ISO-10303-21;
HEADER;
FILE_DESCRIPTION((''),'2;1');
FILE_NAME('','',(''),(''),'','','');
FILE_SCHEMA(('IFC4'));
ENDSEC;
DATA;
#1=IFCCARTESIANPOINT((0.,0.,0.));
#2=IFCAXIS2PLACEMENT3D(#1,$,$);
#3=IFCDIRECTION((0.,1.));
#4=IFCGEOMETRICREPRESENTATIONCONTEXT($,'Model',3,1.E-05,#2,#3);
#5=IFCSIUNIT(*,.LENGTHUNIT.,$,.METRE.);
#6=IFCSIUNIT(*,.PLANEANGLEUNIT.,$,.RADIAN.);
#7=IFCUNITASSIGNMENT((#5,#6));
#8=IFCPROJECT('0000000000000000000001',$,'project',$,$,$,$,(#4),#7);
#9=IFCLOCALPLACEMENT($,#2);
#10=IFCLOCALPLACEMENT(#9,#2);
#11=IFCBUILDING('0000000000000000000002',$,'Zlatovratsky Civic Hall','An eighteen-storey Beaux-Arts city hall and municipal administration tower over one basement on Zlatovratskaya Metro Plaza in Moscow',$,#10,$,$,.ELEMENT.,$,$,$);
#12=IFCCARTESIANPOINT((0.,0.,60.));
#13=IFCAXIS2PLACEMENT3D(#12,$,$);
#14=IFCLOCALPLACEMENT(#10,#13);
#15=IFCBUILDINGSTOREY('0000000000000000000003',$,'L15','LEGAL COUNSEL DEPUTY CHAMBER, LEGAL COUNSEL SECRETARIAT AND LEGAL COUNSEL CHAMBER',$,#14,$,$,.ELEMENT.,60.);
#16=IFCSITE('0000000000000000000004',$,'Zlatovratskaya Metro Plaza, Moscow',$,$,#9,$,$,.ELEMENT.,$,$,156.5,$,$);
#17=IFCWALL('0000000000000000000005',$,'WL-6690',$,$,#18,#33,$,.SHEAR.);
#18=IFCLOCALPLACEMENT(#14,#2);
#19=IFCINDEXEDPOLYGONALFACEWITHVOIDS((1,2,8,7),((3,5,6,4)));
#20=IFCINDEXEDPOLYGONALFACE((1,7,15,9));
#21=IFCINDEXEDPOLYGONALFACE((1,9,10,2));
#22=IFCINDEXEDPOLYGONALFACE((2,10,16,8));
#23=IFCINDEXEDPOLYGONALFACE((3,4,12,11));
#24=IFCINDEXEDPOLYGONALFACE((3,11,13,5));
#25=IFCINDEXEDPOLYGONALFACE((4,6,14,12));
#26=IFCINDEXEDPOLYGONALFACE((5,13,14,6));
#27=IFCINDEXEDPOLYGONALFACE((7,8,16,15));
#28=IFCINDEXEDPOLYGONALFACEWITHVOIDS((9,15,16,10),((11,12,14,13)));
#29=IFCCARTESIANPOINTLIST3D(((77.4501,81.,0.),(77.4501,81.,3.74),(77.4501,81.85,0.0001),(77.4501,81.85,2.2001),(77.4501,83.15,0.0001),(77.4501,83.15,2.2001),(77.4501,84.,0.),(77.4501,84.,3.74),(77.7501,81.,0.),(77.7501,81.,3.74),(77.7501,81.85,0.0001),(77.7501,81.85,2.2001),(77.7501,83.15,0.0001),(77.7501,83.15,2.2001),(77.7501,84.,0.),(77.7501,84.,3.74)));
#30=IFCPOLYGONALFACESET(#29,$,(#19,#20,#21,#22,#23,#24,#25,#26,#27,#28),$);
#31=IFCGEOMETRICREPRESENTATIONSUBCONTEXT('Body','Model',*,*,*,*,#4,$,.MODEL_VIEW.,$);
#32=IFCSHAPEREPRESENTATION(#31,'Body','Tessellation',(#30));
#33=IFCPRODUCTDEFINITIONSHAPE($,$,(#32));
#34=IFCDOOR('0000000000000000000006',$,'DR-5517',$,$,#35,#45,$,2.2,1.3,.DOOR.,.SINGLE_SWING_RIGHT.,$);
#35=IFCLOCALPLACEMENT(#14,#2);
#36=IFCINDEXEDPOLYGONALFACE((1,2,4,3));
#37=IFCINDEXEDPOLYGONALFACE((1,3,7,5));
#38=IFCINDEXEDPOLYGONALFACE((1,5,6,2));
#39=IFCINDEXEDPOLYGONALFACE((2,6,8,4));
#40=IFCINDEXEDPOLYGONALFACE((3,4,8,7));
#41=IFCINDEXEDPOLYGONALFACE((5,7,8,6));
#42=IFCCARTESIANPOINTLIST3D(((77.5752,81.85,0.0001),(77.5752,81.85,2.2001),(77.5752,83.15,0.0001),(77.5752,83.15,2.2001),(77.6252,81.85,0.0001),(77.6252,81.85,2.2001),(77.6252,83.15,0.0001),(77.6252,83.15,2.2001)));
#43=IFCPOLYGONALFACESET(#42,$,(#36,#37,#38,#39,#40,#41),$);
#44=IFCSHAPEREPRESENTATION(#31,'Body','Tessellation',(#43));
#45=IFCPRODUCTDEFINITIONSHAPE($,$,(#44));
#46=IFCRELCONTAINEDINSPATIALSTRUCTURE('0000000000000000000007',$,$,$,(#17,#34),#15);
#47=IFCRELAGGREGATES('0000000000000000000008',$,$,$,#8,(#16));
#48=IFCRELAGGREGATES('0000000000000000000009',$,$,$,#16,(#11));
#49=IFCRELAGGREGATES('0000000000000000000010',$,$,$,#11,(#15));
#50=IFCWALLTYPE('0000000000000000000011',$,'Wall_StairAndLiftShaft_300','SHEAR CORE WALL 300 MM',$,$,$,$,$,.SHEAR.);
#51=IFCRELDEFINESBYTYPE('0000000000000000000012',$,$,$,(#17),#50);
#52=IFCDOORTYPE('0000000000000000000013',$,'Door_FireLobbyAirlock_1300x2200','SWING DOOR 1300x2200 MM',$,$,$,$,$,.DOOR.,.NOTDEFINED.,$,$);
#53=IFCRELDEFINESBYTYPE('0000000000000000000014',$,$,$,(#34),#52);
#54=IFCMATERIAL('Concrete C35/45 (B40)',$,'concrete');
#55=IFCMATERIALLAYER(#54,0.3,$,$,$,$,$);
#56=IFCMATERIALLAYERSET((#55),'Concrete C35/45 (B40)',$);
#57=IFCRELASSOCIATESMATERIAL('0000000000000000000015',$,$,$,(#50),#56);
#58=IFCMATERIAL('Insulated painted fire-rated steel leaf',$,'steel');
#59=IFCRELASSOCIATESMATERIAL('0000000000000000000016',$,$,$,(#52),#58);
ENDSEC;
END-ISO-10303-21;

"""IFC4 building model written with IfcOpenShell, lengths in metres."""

from ifc_helpers import new_model, si_unit, direction, frame, frame_2d, origin, place, context, subcontext, project, spatial, rectangle, extrude, material, layer, layer_set, type_object, element, fill, save


model = new_model("IFC4")

# Units and contexts
model_context = context("Model", 3, precision=1e-05, world=origin(), true_north=direction((0.0, 1.0)))
body_context = subcontext(model_context, "Body", "Model", "MODEL_VIEW")
ifc_project = project(units=[si_unit("LENGTHUNIT", "METRE"), si_unit("PLANEANGLEUNIT", "RADIAN")], contexts=[model_context])

# Site, building, storey
site_placement = place(None, origin())
site = spatial("IfcSite", under=ifc_project, at=site_placement, Name="Zlatovratskaya Metro Plaza, Moscow", CompositionType="ELEMENT", RefElevation=156.5)
building_placement = place(site_placement, origin())
building = spatial("IfcBuilding", under=site, at=building_placement, Name="Zlatovratsky Civic Hall", Description="An eighteen-storey Beaux-Arts city hall and municipal administration tower over one basement on Zlatovratskaya Metro Plaza in Moscow", CompositionType="ELEMENT")
storey_placement = place(building_placement, frame((0.0, 0.0, 60.0)))
storey = spatial("IfcBuildingStorey", under=building, at=storey_placement, Name="L15", Description="LEGAL COUNSEL DEPUTY CHAMBER, LEGAL COUNSEL SECRETARIAT AND LEGAL COUNSEL CHAMBER", CompositionType="ELEMENT", Elevation=60.0)

# Shared definitions
ifc_material_1 = material(Name="Concrete C35/45 (B40)", Category="concrete")

# Shared definitions
ifc_layer_1 = layer(ifc_material_1, 0.3)
ifc_layer_set_1 = layer_set([ifc_layer_1], Name="Concrete C35/45 (B40)")
wall_type_1 = type_object("IfcWallType", Name="Wall_StairAndLiftShaft_300", Description="SHEAR CORE WALL 300 MM", PredefinedType="SHEAR", material=ifc_layer_set_1)

# Wall, opening, door
ifc_material_2 = material(Name="Insulated painted fire-rated steel leaf", Category="steel")
door_type_1 = type_object("IfcDoorType", Name="Door_FireLobbyAirlock_1300x2200", Description="SWING DOOR 1300x2200 MM", OperationType="NOTDEFINED", PredefinedType="DOOR", material=ifc_material_2)
wall_1_placement = place(storey_placement, frame((77.6001, 81.0, 0.0), z_axis=(0.0, 0.0, 1.0), x_axis=(0.0, 1.0, 0.0)))
wall_1 = element("IfcWall", 1, at=wall_1_placement, inside=storey, type_object=wall_type_1, Name="WL-6690", PredefinedType="SHEAR", context=body_context, shape_type="SweptSolid", body=[
    extrude(rectangle(XDim=3.0, YDim=0.3, at=frame_2d((1.5, 0.0))), origin(), (0.0, 0.0, 1.0), 3.74),
])
opening_1_placement = place(wall_1_placement, frame((0.8501, 0.0, 0.0)))
opening_1 = element("IfcOpeningElement", 2, at=opening_1_placement, cuts=wall_1, PredefinedType="OPENING", context=body_context, shape_type="SweptSolid", body=[
    extrude(rectangle(XDim=1.3, YDim=2.2, at=frame_2d((0.6499, 1.1001))), frame((0.0, 0.165, 0.0), z_axis=(0.0, -1.0, 0.0), x_axis=(1.0, 0.0, 0.0)), (0.0, 0.0, 1.0), 0.3298),
])
door_1_placement = place(opening_1_placement, origin())
door_1 = element("IfcDoor", 3, at=door_1_placement, inside=storey, type_object=door_type_1, Name="DR-5517", OperationType="SINGLE_SWING_RIGHT", OverallHeight=2.2, OverallWidth=1.3, PredefinedType="DOOR", context=body_context, shape_type="SweptSolid", body=[
    extrude(rectangle(XDim=1.3, YDim=2.2, at=frame_2d((0.6499, 1.1001))), frame((0.0, 0.0249, 0.0), z_axis=(0.0, -1.0, 0.0), x_axis=(1.0, 0.0, 0.0)), (0.0, 0.0, 1.0), 0.05),
])
fill(opening_1, door_1)

save(model, "model.ifc")
